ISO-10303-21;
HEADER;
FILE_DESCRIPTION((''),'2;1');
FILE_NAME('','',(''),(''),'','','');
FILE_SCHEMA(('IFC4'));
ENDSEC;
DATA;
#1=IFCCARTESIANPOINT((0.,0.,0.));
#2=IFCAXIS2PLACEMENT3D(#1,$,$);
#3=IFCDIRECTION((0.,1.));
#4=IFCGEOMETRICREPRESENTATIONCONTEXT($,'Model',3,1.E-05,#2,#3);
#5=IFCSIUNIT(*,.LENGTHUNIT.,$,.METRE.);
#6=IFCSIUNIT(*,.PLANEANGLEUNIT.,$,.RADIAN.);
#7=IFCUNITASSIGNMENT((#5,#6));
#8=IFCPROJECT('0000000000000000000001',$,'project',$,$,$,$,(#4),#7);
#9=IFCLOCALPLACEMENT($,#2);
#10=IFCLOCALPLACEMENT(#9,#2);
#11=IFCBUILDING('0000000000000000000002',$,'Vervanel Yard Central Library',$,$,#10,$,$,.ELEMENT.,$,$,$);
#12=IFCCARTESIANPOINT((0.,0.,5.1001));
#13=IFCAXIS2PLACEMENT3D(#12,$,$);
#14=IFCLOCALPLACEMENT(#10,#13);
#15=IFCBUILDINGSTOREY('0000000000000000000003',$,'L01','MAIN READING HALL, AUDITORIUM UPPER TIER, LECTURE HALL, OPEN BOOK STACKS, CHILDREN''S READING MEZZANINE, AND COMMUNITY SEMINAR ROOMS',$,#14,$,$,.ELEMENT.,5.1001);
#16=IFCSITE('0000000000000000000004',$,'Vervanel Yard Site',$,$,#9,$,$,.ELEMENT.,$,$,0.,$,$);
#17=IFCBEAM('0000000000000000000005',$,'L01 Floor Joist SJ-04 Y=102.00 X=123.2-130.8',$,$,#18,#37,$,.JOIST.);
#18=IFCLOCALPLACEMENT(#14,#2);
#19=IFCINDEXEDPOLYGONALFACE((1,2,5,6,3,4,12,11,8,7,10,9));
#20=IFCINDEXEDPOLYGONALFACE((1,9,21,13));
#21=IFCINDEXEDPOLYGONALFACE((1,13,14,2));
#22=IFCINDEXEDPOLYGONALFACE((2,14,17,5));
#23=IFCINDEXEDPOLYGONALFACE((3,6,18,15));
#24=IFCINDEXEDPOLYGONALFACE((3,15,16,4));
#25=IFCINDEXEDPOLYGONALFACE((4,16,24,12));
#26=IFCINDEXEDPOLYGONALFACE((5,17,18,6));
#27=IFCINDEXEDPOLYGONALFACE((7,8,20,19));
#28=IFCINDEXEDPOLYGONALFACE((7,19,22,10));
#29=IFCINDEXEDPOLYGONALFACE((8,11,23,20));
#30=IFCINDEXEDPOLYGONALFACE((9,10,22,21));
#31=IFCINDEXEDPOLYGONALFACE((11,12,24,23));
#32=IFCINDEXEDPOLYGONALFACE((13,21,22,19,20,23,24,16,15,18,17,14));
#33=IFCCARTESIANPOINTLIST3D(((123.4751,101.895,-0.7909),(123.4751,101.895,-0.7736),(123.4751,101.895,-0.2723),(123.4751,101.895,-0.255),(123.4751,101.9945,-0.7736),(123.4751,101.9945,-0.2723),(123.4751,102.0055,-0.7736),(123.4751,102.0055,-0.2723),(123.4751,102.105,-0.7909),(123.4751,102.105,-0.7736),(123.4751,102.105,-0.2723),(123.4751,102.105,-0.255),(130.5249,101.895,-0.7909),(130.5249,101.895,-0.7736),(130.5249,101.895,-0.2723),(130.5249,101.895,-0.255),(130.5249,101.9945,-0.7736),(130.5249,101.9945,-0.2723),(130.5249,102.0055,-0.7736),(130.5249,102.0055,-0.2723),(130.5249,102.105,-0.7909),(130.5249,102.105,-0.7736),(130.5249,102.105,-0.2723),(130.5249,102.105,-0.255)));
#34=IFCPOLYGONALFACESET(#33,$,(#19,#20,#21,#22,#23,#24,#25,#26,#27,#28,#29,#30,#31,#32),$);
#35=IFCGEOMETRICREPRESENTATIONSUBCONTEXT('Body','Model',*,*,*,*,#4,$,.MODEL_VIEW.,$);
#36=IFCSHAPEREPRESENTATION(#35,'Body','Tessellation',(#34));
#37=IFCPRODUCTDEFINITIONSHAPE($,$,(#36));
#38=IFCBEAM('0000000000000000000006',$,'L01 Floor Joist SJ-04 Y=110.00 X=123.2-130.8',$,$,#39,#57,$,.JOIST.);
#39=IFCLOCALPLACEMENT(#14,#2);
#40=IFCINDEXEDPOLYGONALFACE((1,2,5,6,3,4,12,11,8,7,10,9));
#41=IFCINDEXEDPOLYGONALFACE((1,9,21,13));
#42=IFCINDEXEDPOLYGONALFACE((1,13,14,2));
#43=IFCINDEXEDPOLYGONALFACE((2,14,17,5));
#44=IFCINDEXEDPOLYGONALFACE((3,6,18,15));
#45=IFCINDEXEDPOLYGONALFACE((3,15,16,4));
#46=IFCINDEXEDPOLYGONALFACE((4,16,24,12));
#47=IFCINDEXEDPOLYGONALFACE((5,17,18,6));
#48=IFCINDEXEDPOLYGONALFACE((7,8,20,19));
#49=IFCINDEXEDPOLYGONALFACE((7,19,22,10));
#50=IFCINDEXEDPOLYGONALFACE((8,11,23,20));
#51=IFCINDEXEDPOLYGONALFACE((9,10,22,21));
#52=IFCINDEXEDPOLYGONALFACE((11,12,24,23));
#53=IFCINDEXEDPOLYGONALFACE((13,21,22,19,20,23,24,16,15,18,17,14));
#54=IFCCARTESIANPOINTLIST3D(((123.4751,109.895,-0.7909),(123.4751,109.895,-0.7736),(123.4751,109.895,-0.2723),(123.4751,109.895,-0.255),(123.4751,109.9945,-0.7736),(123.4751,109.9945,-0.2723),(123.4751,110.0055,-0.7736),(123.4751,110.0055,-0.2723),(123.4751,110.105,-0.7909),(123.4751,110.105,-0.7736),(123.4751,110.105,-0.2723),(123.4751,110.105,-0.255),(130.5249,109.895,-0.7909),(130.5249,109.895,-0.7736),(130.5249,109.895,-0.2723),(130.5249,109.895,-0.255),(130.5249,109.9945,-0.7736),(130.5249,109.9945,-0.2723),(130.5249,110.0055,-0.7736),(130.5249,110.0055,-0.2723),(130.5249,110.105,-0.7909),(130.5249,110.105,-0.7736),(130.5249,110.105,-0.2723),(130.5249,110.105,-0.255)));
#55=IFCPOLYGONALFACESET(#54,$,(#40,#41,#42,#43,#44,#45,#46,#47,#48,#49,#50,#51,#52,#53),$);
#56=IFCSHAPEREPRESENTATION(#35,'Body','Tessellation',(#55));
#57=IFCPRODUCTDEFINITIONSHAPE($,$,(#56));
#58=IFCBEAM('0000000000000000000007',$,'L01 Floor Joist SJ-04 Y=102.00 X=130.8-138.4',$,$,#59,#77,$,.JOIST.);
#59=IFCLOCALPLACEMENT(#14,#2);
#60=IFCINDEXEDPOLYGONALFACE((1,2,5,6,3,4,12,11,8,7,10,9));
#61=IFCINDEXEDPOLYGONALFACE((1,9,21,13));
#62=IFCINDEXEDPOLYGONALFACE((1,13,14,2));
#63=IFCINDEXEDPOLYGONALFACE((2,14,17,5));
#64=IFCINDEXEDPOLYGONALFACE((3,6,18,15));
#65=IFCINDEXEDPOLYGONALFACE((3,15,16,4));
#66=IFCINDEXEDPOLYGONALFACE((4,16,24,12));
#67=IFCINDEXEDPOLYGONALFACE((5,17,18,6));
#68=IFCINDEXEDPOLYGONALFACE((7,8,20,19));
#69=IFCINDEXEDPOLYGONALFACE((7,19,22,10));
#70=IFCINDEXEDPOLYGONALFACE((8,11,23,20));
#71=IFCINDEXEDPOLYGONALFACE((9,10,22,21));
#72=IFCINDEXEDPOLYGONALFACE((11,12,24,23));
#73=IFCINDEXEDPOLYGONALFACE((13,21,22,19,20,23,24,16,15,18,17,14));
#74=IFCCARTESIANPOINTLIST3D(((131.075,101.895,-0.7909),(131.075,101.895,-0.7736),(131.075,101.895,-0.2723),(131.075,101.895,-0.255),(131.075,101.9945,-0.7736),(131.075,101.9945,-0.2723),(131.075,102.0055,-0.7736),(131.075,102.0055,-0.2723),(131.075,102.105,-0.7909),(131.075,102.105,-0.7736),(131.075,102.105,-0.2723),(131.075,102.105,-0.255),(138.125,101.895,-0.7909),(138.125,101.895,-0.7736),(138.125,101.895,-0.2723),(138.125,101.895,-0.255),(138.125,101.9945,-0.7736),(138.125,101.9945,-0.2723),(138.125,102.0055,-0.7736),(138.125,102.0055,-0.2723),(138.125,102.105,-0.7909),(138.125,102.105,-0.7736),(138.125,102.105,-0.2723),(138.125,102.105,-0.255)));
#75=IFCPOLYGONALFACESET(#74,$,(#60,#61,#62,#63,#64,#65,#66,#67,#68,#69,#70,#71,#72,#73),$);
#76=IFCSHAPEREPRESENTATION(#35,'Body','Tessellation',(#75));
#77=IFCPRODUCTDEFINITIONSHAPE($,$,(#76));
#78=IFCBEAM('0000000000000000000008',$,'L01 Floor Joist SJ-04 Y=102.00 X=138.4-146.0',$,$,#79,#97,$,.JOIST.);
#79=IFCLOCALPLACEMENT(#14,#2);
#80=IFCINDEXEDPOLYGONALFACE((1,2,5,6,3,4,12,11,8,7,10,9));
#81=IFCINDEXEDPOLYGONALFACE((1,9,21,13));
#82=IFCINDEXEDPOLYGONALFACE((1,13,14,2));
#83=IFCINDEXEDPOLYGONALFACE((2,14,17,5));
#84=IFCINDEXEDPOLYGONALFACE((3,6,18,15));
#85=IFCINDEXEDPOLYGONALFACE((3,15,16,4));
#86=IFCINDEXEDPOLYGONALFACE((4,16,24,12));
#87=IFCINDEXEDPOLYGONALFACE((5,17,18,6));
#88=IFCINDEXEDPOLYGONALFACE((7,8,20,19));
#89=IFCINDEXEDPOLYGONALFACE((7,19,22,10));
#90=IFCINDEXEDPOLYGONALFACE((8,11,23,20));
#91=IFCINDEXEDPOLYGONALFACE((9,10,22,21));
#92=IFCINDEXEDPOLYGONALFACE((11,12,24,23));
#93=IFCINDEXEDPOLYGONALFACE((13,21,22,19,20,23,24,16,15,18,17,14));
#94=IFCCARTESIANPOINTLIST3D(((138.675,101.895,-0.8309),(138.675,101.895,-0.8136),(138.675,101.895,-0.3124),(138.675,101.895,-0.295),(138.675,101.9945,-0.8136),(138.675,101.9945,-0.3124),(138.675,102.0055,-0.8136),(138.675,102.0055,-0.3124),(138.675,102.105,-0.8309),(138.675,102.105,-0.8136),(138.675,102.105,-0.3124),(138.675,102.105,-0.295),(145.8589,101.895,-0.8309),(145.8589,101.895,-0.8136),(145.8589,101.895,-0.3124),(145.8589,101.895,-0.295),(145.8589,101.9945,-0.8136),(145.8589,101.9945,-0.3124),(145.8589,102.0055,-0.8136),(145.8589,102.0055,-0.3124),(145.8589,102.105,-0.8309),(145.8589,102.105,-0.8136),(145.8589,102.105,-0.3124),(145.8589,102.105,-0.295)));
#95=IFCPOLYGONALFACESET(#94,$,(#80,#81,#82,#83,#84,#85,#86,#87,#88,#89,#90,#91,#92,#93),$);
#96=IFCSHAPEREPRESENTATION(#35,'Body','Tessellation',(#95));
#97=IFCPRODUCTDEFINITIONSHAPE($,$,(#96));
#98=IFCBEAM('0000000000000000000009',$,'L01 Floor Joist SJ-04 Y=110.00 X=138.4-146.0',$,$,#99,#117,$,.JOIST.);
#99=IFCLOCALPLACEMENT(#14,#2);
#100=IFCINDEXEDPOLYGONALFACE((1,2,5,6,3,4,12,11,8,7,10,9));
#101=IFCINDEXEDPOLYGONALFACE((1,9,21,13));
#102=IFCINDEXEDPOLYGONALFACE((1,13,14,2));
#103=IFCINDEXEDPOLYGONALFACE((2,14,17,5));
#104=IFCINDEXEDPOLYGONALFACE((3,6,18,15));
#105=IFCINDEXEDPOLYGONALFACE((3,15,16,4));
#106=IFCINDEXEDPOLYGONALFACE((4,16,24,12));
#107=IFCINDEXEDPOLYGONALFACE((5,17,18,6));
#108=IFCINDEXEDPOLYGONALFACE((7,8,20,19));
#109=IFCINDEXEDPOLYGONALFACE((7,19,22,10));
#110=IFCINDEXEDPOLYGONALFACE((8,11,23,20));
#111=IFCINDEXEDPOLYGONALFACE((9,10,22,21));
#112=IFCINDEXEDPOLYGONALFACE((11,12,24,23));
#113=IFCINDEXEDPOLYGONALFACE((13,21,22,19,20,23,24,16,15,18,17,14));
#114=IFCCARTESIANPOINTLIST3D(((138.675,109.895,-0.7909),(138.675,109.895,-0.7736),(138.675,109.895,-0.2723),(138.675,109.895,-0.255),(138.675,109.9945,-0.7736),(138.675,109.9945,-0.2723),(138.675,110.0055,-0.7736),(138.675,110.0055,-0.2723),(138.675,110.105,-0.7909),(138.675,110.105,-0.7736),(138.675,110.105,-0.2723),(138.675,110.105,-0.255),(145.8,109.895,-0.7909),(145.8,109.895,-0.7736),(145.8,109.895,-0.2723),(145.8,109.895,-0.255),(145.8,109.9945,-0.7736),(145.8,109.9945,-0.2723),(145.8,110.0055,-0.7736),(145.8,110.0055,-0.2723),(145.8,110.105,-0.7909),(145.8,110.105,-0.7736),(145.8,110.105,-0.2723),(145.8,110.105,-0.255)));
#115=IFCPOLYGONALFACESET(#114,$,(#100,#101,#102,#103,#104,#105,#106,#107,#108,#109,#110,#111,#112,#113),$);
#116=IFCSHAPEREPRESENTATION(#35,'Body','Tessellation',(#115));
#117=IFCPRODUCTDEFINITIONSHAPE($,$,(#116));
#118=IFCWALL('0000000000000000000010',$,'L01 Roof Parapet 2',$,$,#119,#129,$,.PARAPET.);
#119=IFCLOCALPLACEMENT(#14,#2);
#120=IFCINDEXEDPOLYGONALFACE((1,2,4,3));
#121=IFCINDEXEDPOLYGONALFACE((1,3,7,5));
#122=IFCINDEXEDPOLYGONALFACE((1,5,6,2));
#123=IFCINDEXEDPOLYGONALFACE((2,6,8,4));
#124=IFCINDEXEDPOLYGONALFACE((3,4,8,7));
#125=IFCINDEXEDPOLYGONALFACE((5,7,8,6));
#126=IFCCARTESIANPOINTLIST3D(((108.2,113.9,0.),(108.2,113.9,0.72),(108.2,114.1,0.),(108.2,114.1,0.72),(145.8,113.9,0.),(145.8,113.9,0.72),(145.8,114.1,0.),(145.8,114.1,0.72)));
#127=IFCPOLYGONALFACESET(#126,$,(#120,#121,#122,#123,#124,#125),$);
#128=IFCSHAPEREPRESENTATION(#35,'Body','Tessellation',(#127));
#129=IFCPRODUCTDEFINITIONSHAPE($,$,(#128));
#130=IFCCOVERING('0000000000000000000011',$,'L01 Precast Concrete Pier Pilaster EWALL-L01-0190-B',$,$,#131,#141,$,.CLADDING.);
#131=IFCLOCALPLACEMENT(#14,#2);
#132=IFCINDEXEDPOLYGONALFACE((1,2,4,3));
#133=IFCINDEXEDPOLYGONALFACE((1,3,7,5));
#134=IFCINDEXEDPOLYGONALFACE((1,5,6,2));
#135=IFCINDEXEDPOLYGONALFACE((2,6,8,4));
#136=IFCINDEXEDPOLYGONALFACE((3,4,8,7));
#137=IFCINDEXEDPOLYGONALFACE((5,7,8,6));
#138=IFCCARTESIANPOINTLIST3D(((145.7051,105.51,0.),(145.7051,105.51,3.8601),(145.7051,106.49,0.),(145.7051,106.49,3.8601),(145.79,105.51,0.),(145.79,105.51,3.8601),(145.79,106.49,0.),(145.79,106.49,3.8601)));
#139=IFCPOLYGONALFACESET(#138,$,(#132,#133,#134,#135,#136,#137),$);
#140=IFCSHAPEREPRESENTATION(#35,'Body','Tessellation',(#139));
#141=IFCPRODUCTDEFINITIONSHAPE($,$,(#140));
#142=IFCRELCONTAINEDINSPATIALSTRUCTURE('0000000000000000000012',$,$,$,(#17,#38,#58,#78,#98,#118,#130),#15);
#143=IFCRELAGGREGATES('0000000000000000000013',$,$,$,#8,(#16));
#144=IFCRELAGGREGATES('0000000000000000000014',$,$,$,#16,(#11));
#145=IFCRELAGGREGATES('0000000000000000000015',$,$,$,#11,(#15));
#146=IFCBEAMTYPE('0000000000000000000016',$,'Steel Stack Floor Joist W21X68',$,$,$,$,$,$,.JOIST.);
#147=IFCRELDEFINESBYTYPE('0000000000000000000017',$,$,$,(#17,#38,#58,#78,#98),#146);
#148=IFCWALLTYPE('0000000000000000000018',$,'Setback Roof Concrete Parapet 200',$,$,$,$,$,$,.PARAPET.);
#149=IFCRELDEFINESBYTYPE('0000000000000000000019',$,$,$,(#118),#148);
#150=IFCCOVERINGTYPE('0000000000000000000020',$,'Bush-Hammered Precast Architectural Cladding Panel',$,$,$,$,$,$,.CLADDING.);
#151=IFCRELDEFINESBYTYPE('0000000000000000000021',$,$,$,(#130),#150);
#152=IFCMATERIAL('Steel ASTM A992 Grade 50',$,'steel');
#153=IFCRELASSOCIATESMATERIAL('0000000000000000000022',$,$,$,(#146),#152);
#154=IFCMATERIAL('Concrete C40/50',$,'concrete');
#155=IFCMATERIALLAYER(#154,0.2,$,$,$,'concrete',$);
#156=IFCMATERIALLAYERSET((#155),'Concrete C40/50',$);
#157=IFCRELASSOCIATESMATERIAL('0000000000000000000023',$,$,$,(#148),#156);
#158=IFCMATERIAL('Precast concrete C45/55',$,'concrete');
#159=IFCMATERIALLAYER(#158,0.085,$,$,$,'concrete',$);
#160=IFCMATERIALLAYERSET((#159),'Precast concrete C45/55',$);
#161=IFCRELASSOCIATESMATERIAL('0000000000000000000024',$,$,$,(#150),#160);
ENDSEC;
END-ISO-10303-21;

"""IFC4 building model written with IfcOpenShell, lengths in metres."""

from ifc_helpers import new_model, si_unit, direction, frame, frame_2d, origin, origin_2d, place, context, subcontext, project, spatial, rectangle, i_section, extrude, material, layer, layer_set, material_profile, profile_set, type_object, element, save


model = new_model("IFC4")

# Units and contexts
model_context = context("Model", 3, precision=1e-05, world=origin(), true_north=direction((0.0, 1.0)))
body_context = subcontext(model_context, "Body", "Model", "MODEL_VIEW")
ifc_project = project(units=[si_unit("LENGTHUNIT", "METRE"), si_unit("PLANEANGLEUNIT", "RADIAN")], contexts=[model_context])

# Site, building, storey
site_placement = place(None, origin())
site = spatial("IfcSite", under=ifc_project, at=site_placement, Name="Vervanel Yard Site", CompositionType="ELEMENT", RefElevation=0.0)
building_placement = place(site_placement, origin())
building = spatial("IfcBuilding", under=site, at=building_placement, Name="Vervanel Yard Central Library", CompositionType="ELEMENT")
storey_placement = place(building_placement, frame((0.0, 0.0, 5.1001)))
storey = spatial("IfcBuildingStorey", under=building, at=storey_placement, Name="L01", Description="MAIN READING HALL, AUDITORIUM UPPER TIER, LECTURE HALL, OPEN BOOK STACKS, CHILDREN'S READING MEZZANINE, AND COMMUNITY SEMINAR ROOMS", CompositionType="ELEMENT", Elevation=5.1001)

# Beams
ifc_material_1 = material(Name="Concrete C40/50", Category="concrete")
ifc_material_2 = material(Name="Steel ASTM A992 Grade 50", Category="steel")
ifc_material_profile_1 = material_profile(ifc_material_2, i_section(OverallWidth=0.21, OverallDepth=0.5359, WebThickness=0.011, FlangeThickness=0.0173, at=origin_2d()), Name="W21X68", Category="steel")
ifc_profile_set_1 = profile_set([ifc_material_profile_1], Name="Steel ASTM A992 Grade 50")
beam_type_1 = type_object("IfcBeamType", Name="Steel Stack Floor Joist W21X68", PredefinedType="JOIST", material=ifc_profile_set_1)
for number, where, z_axis, x_axis, name in (
    (1, (123.4751, 102.0, -0.5229), (1.0, 0.0, 0.0), (0.0, 1.0, 0.0), "L01 Floor Joist SJ-04 Y=102.00 X=123.2-130.8"),
    (2, (123.4751, 110.0, -0.5229), (1.0, 0.0, 0.0), (0.0, 1.0, 0.0), "L01 Floor Joist SJ-04 Y=110.00 X=123.2-130.8"),
):
    element("IfcBeam", number, at=place(storey_placement, frame(where, z_axis=z_axis, x_axis=x_axis)), inside=storey, type_object=beam_type_1, Name=name, PredefinedType="JOIST", context=body_context, shape_type="SweptSolid", body=[
        extrude(i_section(OverallWidth=0.21, OverallDepth=0.5359, WebThickness=0.011, FlangeThickness=0.0173, at=origin_2d()), origin(), (0.0, 0.0, 1.0), 7.0498),
    ])
beam_1_placement = place(storey_placement, frame((131.075, 102.0, -0.5229), z_axis=(1.0, 0.0, 0.0), x_axis=(0.0, 1.0, 0.0)))
element("IfcBeam", 3, at=beam_1_placement, inside=storey, type_object=beam_type_1, Name="L01 Floor Joist SJ-04 Y=102.00 X=130.8-138.4", PredefinedType="JOIST", context=body_context, shape_type="SweptSolid", body=[
    extrude(i_section(OverallWidth=0.21, OverallDepth=0.5359, WebThickness=0.011, FlangeThickness=0.0173, at=origin_2d()), origin(), (0.0, 0.0, 1.0), 7.05),
])
beam_2_placement = place(storey_placement, frame((138.675, 102.0, -0.563), z_axis=(1.0, 0.0, 0.0), x_axis=(0.0, 1.0, 0.0)))
element("IfcBeam", 4, at=beam_2_placement, inside=storey, type_object=beam_type_1, Name="L01 Floor Joist SJ-04 Y=102.00 X=138.4-146.0", PredefinedType="JOIST", context=body_context, shape_type="SweptSolid", body=[
    extrude(i_section(OverallWidth=0.21, OverallDepth=0.5359, WebThickness=0.011, FlangeThickness=0.0173, at=origin_2d()), origin(), (0.0, 0.0, 1.0), 7.1838),
])
beam_3_placement = place(storey_placement, frame((138.675, 110.0, -0.5229), z_axis=(1.0, 0.0, 0.0), x_axis=(0.0, 1.0, 0.0)))
element("IfcBeam", 5, at=beam_3_placement, inside=storey, type_object=beam_type_1, Name="L01 Floor Joist SJ-04 Y=110.00 X=138.4-146.0", PredefinedType="JOIST", context=body_context, shape_type="SweptSolid", body=[
    extrude(i_section(OverallWidth=0.21, OverallDepth=0.5359, WebThickness=0.011, FlangeThickness=0.0173, at=origin_2d()), origin(), (0.0, 0.0, 1.0), 7.125),
])

# Wall
ifc_layer_1 = layer(ifc_material_1, 0.2, Category="concrete")
ifc_layer_set_1 = layer_set([ifc_layer_1], Name="Concrete C40/50")
wall_type = type_object("IfcWallType", Name="Setback Roof Concrete Parapet 200", PredefinedType="PARAPET", material=ifc_layer_set_1)
wall_placement = place(storey_placement, frame((145.8, 114.0, 0.0), z_axis=(0.0, 0.0, 1.0), x_axis=(-1.0, 0.0, 0.0)))
element("IfcWall", 6, at=wall_placement, inside=storey, type_object=wall_type, Name="L01 Roof Parapet 2", PredefinedType="PARAPET", context=body_context, shape_type="SweptSolid", body=[
    extrude(rectangle(XDim=37.6001, YDim=0.2, at=frame_2d((18.8, 0.0))), origin(), (0.0, 0.0, 1.0), 0.72),
])

# Covering
ifc_material_3 = material(Name="Precast concrete C45/55", Category="concrete")
ifc_layer_2 = layer(ifc_material_3, 0.085, Category="concrete")
ifc_layer_set_2 = layer_set([ifc_layer_2], Name="Precast concrete C45/55")
covering_type = type_object("IfcCoveringType", Name="Bush-Hammered Precast Architectural Cladding Panel", PredefinedType="CLADDING", material=ifc_layer_set_2)
covering_placement = place(storey_placement, frame((145.7476, 106.0, 0.0), z_axis=(0.0, 0.0, 1.0), x_axis=(0.0, 1.0, 0.0)))
element("IfcCovering", 7, at=covering_placement, inside=storey, type_object=covering_type, Name="L01 Precast Concrete Pier Pilaster EWALL-L01-0190-B", PredefinedType="CLADDING", context=body_context, shape_type="SweptSolid", body=[
    extrude(rectangle(XDim=0.98, YDim=0.085, at=origin_2d()), origin(), (0.0, 0.0, 1.0), 3.8601),
])

save(model, "model.ifc")
